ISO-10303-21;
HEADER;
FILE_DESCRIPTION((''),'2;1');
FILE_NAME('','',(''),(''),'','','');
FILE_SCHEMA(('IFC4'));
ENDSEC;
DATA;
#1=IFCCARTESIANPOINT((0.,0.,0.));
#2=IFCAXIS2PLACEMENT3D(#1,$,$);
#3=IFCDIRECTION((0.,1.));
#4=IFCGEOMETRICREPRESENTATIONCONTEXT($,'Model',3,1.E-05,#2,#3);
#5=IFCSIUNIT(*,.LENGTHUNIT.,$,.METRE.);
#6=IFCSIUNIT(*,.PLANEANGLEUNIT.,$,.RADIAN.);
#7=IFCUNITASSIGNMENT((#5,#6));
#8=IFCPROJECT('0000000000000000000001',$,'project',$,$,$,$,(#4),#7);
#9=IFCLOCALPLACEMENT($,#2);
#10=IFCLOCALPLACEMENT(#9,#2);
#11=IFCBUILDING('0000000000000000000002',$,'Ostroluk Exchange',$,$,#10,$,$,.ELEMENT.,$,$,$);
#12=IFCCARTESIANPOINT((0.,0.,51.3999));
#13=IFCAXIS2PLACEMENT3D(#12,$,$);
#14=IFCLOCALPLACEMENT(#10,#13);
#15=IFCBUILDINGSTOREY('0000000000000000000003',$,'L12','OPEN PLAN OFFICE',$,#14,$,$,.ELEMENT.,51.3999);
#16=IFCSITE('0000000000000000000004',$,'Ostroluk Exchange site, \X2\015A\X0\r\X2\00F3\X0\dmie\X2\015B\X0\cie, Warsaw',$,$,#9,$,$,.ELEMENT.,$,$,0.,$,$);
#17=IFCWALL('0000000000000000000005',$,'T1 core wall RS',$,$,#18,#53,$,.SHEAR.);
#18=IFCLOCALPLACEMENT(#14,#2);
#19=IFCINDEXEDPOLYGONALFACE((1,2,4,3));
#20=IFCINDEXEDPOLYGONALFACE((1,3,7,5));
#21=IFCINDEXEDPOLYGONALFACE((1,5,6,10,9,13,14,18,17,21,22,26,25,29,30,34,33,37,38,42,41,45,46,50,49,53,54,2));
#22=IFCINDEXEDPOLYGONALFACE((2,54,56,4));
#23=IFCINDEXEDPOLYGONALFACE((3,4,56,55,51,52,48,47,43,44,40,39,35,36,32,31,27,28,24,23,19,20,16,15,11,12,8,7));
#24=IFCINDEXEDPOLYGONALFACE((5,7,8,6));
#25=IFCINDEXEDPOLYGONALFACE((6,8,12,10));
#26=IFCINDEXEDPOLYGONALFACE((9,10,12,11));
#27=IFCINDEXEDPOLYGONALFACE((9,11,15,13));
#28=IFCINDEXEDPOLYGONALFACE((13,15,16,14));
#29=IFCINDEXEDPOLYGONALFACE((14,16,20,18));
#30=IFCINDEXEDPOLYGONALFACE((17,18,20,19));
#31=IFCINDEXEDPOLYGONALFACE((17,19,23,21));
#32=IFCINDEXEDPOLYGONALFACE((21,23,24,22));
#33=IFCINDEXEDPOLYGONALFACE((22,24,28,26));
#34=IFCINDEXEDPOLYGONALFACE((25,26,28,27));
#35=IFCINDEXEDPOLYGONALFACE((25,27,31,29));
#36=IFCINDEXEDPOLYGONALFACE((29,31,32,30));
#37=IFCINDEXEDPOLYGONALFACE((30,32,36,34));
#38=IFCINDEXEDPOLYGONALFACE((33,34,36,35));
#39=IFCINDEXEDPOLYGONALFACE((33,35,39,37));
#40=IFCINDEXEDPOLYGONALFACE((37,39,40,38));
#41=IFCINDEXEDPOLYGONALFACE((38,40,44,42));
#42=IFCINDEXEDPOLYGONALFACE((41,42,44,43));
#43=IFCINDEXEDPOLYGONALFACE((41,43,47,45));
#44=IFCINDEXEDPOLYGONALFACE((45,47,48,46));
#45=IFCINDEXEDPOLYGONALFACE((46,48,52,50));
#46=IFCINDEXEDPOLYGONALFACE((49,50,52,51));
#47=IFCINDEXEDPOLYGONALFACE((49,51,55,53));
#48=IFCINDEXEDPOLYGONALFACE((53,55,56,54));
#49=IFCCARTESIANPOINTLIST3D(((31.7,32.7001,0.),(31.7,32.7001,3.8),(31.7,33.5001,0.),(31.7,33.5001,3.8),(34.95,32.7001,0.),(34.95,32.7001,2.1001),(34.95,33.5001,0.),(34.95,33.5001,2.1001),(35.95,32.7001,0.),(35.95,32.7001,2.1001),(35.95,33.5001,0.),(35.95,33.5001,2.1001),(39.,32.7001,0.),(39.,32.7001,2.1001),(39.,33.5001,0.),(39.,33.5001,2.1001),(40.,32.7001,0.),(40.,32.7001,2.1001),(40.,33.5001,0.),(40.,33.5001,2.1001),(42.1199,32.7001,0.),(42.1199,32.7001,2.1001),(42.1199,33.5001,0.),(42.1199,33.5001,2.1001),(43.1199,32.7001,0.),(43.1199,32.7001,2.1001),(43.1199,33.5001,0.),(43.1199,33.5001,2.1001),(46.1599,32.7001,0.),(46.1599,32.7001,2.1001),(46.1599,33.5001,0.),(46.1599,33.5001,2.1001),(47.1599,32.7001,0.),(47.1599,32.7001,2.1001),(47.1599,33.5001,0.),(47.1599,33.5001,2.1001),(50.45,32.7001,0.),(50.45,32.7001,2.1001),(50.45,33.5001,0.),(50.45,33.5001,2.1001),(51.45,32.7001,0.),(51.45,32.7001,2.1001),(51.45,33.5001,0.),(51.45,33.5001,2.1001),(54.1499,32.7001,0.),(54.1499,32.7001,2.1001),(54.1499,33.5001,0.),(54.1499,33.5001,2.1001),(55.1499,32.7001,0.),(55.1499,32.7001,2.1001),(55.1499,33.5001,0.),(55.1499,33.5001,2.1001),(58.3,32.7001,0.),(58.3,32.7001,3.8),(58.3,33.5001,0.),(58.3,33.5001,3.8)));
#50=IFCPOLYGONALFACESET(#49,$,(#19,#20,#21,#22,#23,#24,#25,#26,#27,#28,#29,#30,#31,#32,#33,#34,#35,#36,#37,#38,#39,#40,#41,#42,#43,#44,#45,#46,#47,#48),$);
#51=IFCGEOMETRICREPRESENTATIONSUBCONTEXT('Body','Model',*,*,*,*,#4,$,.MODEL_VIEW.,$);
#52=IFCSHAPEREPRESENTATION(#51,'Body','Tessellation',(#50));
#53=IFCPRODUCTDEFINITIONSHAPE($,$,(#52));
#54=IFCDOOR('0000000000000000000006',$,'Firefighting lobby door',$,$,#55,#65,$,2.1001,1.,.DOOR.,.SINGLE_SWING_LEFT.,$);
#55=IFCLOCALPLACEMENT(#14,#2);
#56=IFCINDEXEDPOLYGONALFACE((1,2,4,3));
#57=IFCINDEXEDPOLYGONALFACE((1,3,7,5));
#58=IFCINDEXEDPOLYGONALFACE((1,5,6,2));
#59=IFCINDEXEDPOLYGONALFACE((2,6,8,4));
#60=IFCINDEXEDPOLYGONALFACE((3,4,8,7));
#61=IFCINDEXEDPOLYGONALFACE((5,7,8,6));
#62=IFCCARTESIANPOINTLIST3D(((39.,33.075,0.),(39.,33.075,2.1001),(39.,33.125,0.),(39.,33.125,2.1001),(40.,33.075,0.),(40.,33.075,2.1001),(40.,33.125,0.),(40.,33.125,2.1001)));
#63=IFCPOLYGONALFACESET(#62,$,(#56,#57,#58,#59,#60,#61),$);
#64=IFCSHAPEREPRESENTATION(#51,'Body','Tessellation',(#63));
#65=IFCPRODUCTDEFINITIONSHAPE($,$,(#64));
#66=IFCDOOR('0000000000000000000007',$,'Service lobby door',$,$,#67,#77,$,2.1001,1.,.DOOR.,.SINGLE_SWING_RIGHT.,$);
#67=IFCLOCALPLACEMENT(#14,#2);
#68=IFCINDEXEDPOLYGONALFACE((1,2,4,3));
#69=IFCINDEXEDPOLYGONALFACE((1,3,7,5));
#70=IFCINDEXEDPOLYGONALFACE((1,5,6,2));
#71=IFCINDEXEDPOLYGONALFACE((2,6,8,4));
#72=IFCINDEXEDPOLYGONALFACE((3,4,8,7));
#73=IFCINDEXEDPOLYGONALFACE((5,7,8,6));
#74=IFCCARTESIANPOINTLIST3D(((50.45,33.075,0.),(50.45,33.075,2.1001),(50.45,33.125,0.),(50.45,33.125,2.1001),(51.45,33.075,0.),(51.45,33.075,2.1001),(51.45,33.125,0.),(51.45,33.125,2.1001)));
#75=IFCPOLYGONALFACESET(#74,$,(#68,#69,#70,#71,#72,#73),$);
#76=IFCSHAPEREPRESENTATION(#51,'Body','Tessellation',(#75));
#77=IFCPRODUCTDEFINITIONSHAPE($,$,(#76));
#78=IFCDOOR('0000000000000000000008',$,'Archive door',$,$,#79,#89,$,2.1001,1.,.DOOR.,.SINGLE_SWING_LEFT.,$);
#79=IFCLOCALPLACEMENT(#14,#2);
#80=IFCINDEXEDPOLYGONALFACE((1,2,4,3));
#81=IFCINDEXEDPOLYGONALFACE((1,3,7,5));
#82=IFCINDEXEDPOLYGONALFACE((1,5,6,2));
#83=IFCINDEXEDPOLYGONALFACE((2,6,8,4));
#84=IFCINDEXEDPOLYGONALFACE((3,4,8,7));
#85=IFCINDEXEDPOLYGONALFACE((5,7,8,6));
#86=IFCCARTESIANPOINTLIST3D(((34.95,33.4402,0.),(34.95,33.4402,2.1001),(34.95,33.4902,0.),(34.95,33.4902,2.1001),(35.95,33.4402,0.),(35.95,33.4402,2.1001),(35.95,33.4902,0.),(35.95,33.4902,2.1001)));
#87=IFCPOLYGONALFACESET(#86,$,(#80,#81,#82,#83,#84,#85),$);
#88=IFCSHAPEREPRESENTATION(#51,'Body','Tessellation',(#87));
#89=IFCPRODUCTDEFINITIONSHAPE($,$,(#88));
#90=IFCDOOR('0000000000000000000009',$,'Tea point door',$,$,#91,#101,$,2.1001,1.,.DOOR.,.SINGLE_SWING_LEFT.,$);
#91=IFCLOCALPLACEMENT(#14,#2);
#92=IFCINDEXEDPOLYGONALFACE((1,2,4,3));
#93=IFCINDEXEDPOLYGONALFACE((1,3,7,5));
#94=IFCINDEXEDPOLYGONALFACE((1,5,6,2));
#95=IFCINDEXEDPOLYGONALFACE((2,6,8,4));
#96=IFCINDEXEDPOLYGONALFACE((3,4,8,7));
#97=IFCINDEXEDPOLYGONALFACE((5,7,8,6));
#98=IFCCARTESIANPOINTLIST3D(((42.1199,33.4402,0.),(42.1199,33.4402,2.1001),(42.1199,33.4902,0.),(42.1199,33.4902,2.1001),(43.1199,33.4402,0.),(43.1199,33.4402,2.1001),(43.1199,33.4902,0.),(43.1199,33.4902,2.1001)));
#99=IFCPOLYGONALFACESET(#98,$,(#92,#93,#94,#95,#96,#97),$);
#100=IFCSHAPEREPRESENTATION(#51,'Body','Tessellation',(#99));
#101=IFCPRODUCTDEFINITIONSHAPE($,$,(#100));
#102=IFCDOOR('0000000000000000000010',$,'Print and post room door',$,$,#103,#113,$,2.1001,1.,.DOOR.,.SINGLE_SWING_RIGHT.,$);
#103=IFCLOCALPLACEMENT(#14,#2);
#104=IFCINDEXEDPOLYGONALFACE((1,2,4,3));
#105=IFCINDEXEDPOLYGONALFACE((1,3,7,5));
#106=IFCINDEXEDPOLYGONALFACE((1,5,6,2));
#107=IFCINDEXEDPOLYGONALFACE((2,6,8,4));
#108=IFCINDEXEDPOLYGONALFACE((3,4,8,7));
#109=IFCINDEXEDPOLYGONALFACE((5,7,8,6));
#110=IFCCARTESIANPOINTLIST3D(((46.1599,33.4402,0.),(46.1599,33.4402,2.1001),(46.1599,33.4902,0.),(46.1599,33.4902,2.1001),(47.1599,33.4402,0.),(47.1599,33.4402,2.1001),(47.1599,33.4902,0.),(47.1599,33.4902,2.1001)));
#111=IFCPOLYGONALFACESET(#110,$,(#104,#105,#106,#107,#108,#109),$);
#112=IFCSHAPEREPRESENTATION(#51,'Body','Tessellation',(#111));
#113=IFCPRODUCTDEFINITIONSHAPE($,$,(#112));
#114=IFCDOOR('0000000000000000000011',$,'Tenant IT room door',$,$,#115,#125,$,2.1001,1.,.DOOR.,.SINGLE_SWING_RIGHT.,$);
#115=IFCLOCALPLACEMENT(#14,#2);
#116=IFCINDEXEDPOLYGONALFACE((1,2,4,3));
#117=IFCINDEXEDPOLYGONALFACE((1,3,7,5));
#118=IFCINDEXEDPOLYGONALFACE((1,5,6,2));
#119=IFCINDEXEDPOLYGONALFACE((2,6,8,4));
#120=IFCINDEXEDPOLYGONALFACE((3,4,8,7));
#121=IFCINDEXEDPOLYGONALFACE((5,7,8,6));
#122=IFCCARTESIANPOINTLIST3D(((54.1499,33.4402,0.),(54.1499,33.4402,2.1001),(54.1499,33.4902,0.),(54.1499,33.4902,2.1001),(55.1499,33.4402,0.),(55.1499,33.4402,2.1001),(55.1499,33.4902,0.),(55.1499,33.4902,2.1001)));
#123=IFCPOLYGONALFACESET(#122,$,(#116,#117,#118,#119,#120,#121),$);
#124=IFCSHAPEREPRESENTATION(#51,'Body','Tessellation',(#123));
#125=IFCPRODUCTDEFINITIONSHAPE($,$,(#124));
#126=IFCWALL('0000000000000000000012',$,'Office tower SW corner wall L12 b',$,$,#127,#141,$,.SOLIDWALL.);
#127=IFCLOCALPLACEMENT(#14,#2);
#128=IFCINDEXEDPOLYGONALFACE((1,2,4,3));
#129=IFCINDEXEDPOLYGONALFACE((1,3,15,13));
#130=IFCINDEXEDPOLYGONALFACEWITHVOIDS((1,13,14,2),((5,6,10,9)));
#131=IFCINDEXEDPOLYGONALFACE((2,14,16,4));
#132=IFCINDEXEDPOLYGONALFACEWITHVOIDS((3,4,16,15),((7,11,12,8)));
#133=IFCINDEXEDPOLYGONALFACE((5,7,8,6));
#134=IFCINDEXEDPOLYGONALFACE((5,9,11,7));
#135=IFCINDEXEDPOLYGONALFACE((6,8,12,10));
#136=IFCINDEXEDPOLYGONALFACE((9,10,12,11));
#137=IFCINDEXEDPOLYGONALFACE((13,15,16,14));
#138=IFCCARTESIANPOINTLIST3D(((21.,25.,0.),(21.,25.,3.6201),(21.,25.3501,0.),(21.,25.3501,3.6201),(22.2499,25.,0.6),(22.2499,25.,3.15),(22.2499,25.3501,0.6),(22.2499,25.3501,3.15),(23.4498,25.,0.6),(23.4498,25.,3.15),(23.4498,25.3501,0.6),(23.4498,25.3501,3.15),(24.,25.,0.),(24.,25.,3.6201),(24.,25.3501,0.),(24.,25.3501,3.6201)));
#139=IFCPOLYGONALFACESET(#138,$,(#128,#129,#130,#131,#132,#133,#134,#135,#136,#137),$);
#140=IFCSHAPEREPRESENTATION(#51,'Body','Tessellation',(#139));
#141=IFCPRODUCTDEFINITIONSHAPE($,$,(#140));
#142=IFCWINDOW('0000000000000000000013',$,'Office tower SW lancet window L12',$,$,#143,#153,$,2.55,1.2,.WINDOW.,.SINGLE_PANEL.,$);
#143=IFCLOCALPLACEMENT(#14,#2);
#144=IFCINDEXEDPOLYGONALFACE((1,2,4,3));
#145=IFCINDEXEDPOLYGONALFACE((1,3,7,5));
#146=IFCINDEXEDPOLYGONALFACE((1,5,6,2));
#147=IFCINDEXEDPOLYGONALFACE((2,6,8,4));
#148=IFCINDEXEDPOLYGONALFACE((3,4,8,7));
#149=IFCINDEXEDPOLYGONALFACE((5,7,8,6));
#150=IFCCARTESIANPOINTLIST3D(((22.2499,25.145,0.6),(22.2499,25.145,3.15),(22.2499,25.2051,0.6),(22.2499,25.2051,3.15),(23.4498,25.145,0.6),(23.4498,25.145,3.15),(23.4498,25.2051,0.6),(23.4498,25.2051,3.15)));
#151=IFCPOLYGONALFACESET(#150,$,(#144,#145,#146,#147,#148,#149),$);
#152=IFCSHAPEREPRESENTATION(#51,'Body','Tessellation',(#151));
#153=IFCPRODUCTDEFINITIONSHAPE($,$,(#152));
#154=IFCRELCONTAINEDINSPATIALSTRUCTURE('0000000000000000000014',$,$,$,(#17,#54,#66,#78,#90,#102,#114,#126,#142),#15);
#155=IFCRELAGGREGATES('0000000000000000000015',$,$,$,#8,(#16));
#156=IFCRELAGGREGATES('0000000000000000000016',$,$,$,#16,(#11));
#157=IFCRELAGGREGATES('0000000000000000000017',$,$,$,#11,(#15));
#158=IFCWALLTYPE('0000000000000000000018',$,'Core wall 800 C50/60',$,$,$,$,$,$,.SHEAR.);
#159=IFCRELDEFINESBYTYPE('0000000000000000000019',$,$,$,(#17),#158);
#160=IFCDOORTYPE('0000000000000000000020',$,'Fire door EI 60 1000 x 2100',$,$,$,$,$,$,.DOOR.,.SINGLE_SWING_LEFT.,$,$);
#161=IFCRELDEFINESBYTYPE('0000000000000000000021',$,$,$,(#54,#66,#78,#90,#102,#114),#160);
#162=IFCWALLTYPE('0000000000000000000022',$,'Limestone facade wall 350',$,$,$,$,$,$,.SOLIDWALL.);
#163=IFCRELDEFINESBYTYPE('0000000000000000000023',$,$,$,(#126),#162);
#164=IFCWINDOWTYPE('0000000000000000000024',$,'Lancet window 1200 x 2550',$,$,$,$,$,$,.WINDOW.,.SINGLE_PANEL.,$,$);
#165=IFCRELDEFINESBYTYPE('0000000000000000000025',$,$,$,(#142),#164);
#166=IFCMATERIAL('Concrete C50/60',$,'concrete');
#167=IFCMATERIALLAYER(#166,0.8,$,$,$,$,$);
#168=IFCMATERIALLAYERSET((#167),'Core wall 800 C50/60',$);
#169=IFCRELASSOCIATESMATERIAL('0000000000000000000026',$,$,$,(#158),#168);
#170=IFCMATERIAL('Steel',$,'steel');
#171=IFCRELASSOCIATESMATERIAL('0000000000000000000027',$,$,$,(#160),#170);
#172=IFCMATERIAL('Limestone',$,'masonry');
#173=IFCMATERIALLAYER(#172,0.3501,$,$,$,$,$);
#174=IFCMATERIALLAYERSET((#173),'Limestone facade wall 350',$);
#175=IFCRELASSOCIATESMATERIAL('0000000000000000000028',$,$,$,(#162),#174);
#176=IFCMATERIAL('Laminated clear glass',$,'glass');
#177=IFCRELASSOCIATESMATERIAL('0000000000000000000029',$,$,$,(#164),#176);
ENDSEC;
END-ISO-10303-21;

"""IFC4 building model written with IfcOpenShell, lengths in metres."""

from ifc_helpers import new_model, si_unit, direction, frame, frame_2d, origin, place, context, subcontext, project, spatial, rectangle, extrude, material, layer, layer_set, type_object, element, fill, save


model = new_model("IFC4")

# Units and contexts
model_context = context("Model", 3, precision=1e-05, world=origin(), true_north=direction((0.0, 1.0)))
body_context = subcontext(model_context, "Body", "Model", "MODEL_VIEW")
ifc_project = project(units=[si_unit("LENGTHUNIT", "METRE"), si_unit("PLANEANGLEUNIT", "RADIAN")], contexts=[model_context])

# Site, building, storey
site_placement = place(None, origin())
site = spatial("IfcSite", under=ifc_project, at=site_placement, Name="Ostroluk Exchange site, Śródmieście, Warsaw", CompositionType="ELEMENT", RefElevation=0.0)
building_placement = place(site_placement, origin())
building = spatial("IfcBuilding", under=site, at=building_placement, Name="Ostroluk Exchange", CompositionType="ELEMENT")
storey_placement = place(building_placement, frame((0.0, 0.0, 51.3999)))
storey = spatial("IfcBuildingStorey", under=building, at=storey_placement, Name="L12", Description="OPEN PLAN OFFICE", CompositionType="ELEMENT", Elevation=51.3999)

# Wall, openings, doors
ifc_material_1 = material(Name="Concrete C50/60", Category="concrete")
ifc_layer_1 = layer(ifc_material_1, 0.8)
ifc_layer_set_1 = layer_set([ifc_layer_1], Name="Core wall 800 C50/60")
wall_type_1 = type_object("IfcWallType", Name="Core wall 800 C50/60", PredefinedType="SHEAR", material=ifc_layer_set_1)
wall_1_placement = place(storey_placement, frame((31.7, 33.1001, 0.0), z_axis=(0.0, 0.0, 1.0), x_axis=(1.0, 0.0, 0.0)))
wall_1 = element("IfcWall", 1, at=wall_1_placement, inside=storey, type_object=wall_type_1, Name="T1 core wall RS", PredefinedType="SHEAR", context=body_context, shape_type="SweptSolid", body=[
    extrude(rectangle(XDim=26.6001, YDim=0.8, at=frame_2d((13.3, 0.0))), origin(), (0.0, 0.0, 1.0), 3.8),
])
opening_1_placement = place(wall_1_placement, frame((7.3, 0.0, 0.0)))
opening_1 = element("IfcOpeningElement", 2, at=opening_1_placement, cuts=wall_1, PredefinedType="OPENING", context=body_context, shape_type="SweptSolid", body=[
    extrude(rectangle(XDim=1.0, YDim=2.1001, at=frame_2d((0.5, 1.05))), frame((0.0, 0.4099, 0.0), z_axis=(0.0, -1.0, 0.0), x_axis=(1.0, 0.0, 0.0)), (0.0, 0.0, 1.0), 0.8201),
])
opening_2_placement = place(wall_1_placement, frame((18.75, 0.0, 0.0)))
opening_2 = element("IfcOpeningElement", 3, at=opening_2_placement, cuts=wall_1, PredefinedType="OPENING", context=body_context, shape_type="SweptSolid", body=[
    extrude(rectangle(XDim=1.0, YDim=2.1001, at=frame_2d((0.5, 1.05))), frame((0.0, 0.4099, 0.0), z_axis=(0.0, -1.0, 0.0), x_axis=(1.0, 0.0, 0.0)), (0.0, 0.0, 1.0), 0.8201),
])
opening_3_placement = place(wall_1_placement, frame((3.25, 0.0, 0.0)))
opening_3 = element("IfcOpeningElement", 4, at=opening_3_placement, cuts=wall_1, PredefinedType="OPENING", context=body_context, shape_type="SweptSolid", body=[
    extrude(rectangle(XDim=1.0, YDim=2.1001, at=frame_2d((0.5, 1.05))), frame((0.0, 0.4099, 0.0), z_axis=(0.0, -1.0, 0.0), x_axis=(1.0, 0.0, 0.0)), (0.0, 0.0, 1.0), 0.8201),
])
opening_4_placement = place(wall_1_placement, frame((10.4199, 0.0, 0.0)))
opening_4 = element("IfcOpeningElement", 5, at=opening_4_placement, cuts=wall_1, PredefinedType="OPENING", context=body_context, shape_type="SweptSolid", body=[
    extrude(rectangle(XDim=1.0, YDim=2.1001, at=frame_2d((0.5, 1.05))), frame((0.0, 0.4099, 0.0), z_axis=(0.0, -1.0, 0.0), x_axis=(1.0, 0.0, 0.0)), (0.0, 0.0, 1.0), 0.8201),
])
opening_5_placement = place(wall_1_placement, frame((14.46, 0.0, 0.0)))
opening_5 = element("IfcOpeningElement", 6, at=opening_5_placement, cuts=wall_1, PredefinedType="OPENING", context=body_context, shape_type="SweptSolid", body=[
    extrude(rectangle(XDim=1.0, YDim=2.1001, at=frame_2d((0.5, 1.05))), frame((0.0, 0.4099, 0.0), z_axis=(0.0, -1.0, 0.0), x_axis=(1.0, 0.0, 0.0)), (0.0, 0.0, 1.0), 0.8201),
])
opening_6_placement = place(wall_1_placement, frame((22.45, 0.0, 0.0)))
opening_6 = element("IfcOpeningElement", 7, at=opening_6_placement, cuts=wall_1, PredefinedType="OPENING", context=body_context, shape_type="SweptSolid", body=[
    extrude(rectangle(XDim=1.0, YDim=2.1001, at=frame_2d((0.5, 1.05))), frame((0.0, 0.4099, 0.0), z_axis=(0.0, -1.0, 0.0), x_axis=(1.0, 0.0, 0.0)), (0.0, 0.0, 1.0), 0.8201),
])
ifc_material_2 = material(Name="Steel", Category="steel")
door_type_1 = type_object("IfcDoorType", Name="Fire door EI 60 1000 x 2100", OperationType="SINGLE_SWING_LEFT", PredefinedType="DOOR", material=ifc_material_2)
door_1_placement = place(opening_1_placement, origin())
door_1 = element("IfcDoor", 8, at=door_1_placement, inside=storey, type_object=door_type_1, Name="Firefighting lobby door", OperationType="SINGLE_SWING_LEFT", OverallHeight=2.1001, OverallWidth=1.0, PredefinedType="DOOR", context=body_context, shape_type="SweptSolid", body=[
    extrude(rectangle(XDim=1.0, YDim=2.1001, at=frame_2d((0.5, 1.05))), frame((0.0, 0.0249, 0.0), z_axis=(0.0, -1.0, 0.0), x_axis=(1.0, 0.0, 0.0)), (0.0, 0.0, 1.0), 0.05),
])
fill(opening_1, door_1)
door_2_placement = place(opening_2_placement, origin())
door_2 = element("IfcDoor", 9, at=door_2_placement, inside=storey, type_object=door_type_1, Name="Service lobby door", OperationType="SINGLE_SWING_RIGHT", OverallHeight=2.1001, OverallWidth=1.0, PredefinedType="DOOR", context=body_context, shape_type="SweptSolid", body=[
    extrude(rectangle(XDim=1.0, YDim=2.1001, at=frame_2d((0.5, 1.05))), frame((0.0, 0.0249, 0.0), z_axis=(0.0, -1.0, 0.0), x_axis=(1.0, 0.0, 0.0)), (0.0, 0.0, 1.0), 0.05),
])
fill(opening_2, door_2)
door_3_placement = place(opening_3_placement, origin())
door_3 = element("IfcDoor", 10, at=door_3_placement, inside=storey, type_object=door_type_1, Name="Archive door", OperationType="SINGLE_SWING_LEFT", OverallHeight=2.1001, OverallWidth=1.0, PredefinedType="DOOR", context=body_context, shape_type="SweptSolid", body=[
    extrude(rectangle(XDim=1.0, YDim=2.1001, at=frame_2d((0.5, 1.05))), frame((0.0, 0.3901, 0.0), z_axis=(0.0, -1.0, 0.0), x_axis=(1.0, 0.0, 0.0)), (0.0, 0.0, 1.0), 0.05),
])
fill(opening_3, door_3)
door_4_placement = place(opening_4_placement, origin())
door_4 = element("IfcDoor", 11, at=door_4_placement, inside=storey, type_object=door_type_1, Name="Tea point door", OperationType="SINGLE_SWING_LEFT", OverallHeight=2.1001, OverallWidth=1.0, PredefinedType="DOOR", context=body_context, shape_type="SweptSolid", body=[
    extrude(rectangle(XDim=1.0, YDim=2.1001, at=frame_2d((0.5, 1.05))), frame((0.0, 0.3901, 0.0), z_axis=(0.0, -1.0, 0.0), x_axis=(1.0, 0.0, 0.0)), (0.0, 0.0, 1.0), 0.05),
])
fill(opening_4, door_4)
door_5_placement = place(opening_5_placement, origin())
door_5 = element("IfcDoor", 12, at=door_5_placement, inside=storey, type_object=door_type_1, Name="Print and post room door", OperationType="SINGLE_SWING_RIGHT", OverallHeight=2.1001, OverallWidth=1.0, PredefinedType="DOOR", context=body_context, shape_type="SweptSolid", body=[
    extrude(rectangle(XDim=1.0, YDim=2.1001, at=frame_2d((0.5, 1.05))), frame((0.0, 0.3901, 0.0), z_axis=(0.0, -1.0, 0.0), x_axis=(1.0, 0.0, 0.0)), (0.0, 0.0, 1.0), 0.05),
])
fill(opening_5, door_5)
door_6_placement = place(opening_6_placement, origin())
door_6 = element("IfcDoor", 13, at=door_6_placement, inside=storey, type_object=door_type_1, Name="Tenant IT room door", OperationType="SINGLE_SWING_RIGHT", OverallHeight=2.1001, OverallWidth=1.0, PredefinedType="DOOR", context=body_context, shape_type="SweptSolid", body=[
    extrude(rectangle(XDim=1.0, YDim=2.1001, at=frame_2d((0.5, 1.05))), frame((0.0, 0.3901, 0.0), z_axis=(0.0, -1.0, 0.0), x_axis=(1.0, 0.0, 0.0)), (0.0, 0.0, 1.0), 0.05),
])
fill(opening_6, door_6)

# Wall, opening, window
ifc_material_3 = material(Name="Limestone", Category="masonry")
ifc_layer_2 = layer(ifc_material_3, 0.3501)
ifc_layer_set_2 = layer_set([ifc_layer_2], Name="Limestone facade wall 350")
wall_type_2 = type_object("IfcWallType", Name="Limestone facade wall 350", PredefinedType="SOLIDWALL", material=ifc_layer_set_2)
wall_2_placement = place(storey_placement, frame((24.0, 25.175, 0.0), z_axis=(0.0, 0.0, 1.0), x_axis=(-1.0, 0.0, 0.0)))
wall_2 = element("IfcWall", 14, at=wall_2_placement, inside=storey, type_object=wall_type_2, Name="Office tower SW corner wall L12 b", PredefinedType="SOLIDWALL", context=body_context, shape_type="SweptSolid", body=[
    extrude(rectangle(XDim=3.0, YDim=0.3501, at=frame_2d((1.5, 0.0))), origin(), (0.0, 0.0, 1.0), 3.6201),
])
opening_7_placement = place(wall_2_placement, frame((0.55, 0.0, 0.6001)))
opening_7 = element("IfcOpeningElement", 15, at=opening_7_placement, cuts=wall_2, PredefinedType="OPENING", context=body_context, shape_type="SweptSolid", body=[
    extrude(rectangle(XDim=1.2, YDim=2.55, at=frame_2d((0.6001, 1.2749))), frame((0.0, 0.1851, 0.0), z_axis=(0.0, -1.0, 0.0), x_axis=(1.0, 0.0, 0.0)), (0.0, 0.0, 1.0), 0.3701),
])
ifc_material_4 = material(Name="Laminated clear glass", Category="glass")
window_type = type_object("IfcWindowType", Name="Lancet window 1200 x 2550", PartitioningType="SINGLE_PANEL", PredefinedType="WINDOW", material=ifc_material_4)
window_placement = place(opening_7_placement, origin())
window = element("IfcWindow", 16, at=window_placement, inside=storey, type_object=window_type, Name="Office tower SW lancet window L12", OverallHeight=2.55, OverallWidth=1.2, PartitioningType="SINGLE_PANEL", PredefinedType="WINDOW", context=body_context, shape_type="SweptSolid", body=[
    extrude(rectangle(XDim=1.2, YDim=2.55, at=frame_2d((0.6001, 1.2749))), frame((0.0, 0.03, 0.0), z_axis=(0.0, -1.0, 0.0), x_axis=(1.0, 0.0, 0.0)), (0.0, 0.0, 1.0), 0.0601),
])
fill(opening_7, window)

save(model, "model.ifc")
